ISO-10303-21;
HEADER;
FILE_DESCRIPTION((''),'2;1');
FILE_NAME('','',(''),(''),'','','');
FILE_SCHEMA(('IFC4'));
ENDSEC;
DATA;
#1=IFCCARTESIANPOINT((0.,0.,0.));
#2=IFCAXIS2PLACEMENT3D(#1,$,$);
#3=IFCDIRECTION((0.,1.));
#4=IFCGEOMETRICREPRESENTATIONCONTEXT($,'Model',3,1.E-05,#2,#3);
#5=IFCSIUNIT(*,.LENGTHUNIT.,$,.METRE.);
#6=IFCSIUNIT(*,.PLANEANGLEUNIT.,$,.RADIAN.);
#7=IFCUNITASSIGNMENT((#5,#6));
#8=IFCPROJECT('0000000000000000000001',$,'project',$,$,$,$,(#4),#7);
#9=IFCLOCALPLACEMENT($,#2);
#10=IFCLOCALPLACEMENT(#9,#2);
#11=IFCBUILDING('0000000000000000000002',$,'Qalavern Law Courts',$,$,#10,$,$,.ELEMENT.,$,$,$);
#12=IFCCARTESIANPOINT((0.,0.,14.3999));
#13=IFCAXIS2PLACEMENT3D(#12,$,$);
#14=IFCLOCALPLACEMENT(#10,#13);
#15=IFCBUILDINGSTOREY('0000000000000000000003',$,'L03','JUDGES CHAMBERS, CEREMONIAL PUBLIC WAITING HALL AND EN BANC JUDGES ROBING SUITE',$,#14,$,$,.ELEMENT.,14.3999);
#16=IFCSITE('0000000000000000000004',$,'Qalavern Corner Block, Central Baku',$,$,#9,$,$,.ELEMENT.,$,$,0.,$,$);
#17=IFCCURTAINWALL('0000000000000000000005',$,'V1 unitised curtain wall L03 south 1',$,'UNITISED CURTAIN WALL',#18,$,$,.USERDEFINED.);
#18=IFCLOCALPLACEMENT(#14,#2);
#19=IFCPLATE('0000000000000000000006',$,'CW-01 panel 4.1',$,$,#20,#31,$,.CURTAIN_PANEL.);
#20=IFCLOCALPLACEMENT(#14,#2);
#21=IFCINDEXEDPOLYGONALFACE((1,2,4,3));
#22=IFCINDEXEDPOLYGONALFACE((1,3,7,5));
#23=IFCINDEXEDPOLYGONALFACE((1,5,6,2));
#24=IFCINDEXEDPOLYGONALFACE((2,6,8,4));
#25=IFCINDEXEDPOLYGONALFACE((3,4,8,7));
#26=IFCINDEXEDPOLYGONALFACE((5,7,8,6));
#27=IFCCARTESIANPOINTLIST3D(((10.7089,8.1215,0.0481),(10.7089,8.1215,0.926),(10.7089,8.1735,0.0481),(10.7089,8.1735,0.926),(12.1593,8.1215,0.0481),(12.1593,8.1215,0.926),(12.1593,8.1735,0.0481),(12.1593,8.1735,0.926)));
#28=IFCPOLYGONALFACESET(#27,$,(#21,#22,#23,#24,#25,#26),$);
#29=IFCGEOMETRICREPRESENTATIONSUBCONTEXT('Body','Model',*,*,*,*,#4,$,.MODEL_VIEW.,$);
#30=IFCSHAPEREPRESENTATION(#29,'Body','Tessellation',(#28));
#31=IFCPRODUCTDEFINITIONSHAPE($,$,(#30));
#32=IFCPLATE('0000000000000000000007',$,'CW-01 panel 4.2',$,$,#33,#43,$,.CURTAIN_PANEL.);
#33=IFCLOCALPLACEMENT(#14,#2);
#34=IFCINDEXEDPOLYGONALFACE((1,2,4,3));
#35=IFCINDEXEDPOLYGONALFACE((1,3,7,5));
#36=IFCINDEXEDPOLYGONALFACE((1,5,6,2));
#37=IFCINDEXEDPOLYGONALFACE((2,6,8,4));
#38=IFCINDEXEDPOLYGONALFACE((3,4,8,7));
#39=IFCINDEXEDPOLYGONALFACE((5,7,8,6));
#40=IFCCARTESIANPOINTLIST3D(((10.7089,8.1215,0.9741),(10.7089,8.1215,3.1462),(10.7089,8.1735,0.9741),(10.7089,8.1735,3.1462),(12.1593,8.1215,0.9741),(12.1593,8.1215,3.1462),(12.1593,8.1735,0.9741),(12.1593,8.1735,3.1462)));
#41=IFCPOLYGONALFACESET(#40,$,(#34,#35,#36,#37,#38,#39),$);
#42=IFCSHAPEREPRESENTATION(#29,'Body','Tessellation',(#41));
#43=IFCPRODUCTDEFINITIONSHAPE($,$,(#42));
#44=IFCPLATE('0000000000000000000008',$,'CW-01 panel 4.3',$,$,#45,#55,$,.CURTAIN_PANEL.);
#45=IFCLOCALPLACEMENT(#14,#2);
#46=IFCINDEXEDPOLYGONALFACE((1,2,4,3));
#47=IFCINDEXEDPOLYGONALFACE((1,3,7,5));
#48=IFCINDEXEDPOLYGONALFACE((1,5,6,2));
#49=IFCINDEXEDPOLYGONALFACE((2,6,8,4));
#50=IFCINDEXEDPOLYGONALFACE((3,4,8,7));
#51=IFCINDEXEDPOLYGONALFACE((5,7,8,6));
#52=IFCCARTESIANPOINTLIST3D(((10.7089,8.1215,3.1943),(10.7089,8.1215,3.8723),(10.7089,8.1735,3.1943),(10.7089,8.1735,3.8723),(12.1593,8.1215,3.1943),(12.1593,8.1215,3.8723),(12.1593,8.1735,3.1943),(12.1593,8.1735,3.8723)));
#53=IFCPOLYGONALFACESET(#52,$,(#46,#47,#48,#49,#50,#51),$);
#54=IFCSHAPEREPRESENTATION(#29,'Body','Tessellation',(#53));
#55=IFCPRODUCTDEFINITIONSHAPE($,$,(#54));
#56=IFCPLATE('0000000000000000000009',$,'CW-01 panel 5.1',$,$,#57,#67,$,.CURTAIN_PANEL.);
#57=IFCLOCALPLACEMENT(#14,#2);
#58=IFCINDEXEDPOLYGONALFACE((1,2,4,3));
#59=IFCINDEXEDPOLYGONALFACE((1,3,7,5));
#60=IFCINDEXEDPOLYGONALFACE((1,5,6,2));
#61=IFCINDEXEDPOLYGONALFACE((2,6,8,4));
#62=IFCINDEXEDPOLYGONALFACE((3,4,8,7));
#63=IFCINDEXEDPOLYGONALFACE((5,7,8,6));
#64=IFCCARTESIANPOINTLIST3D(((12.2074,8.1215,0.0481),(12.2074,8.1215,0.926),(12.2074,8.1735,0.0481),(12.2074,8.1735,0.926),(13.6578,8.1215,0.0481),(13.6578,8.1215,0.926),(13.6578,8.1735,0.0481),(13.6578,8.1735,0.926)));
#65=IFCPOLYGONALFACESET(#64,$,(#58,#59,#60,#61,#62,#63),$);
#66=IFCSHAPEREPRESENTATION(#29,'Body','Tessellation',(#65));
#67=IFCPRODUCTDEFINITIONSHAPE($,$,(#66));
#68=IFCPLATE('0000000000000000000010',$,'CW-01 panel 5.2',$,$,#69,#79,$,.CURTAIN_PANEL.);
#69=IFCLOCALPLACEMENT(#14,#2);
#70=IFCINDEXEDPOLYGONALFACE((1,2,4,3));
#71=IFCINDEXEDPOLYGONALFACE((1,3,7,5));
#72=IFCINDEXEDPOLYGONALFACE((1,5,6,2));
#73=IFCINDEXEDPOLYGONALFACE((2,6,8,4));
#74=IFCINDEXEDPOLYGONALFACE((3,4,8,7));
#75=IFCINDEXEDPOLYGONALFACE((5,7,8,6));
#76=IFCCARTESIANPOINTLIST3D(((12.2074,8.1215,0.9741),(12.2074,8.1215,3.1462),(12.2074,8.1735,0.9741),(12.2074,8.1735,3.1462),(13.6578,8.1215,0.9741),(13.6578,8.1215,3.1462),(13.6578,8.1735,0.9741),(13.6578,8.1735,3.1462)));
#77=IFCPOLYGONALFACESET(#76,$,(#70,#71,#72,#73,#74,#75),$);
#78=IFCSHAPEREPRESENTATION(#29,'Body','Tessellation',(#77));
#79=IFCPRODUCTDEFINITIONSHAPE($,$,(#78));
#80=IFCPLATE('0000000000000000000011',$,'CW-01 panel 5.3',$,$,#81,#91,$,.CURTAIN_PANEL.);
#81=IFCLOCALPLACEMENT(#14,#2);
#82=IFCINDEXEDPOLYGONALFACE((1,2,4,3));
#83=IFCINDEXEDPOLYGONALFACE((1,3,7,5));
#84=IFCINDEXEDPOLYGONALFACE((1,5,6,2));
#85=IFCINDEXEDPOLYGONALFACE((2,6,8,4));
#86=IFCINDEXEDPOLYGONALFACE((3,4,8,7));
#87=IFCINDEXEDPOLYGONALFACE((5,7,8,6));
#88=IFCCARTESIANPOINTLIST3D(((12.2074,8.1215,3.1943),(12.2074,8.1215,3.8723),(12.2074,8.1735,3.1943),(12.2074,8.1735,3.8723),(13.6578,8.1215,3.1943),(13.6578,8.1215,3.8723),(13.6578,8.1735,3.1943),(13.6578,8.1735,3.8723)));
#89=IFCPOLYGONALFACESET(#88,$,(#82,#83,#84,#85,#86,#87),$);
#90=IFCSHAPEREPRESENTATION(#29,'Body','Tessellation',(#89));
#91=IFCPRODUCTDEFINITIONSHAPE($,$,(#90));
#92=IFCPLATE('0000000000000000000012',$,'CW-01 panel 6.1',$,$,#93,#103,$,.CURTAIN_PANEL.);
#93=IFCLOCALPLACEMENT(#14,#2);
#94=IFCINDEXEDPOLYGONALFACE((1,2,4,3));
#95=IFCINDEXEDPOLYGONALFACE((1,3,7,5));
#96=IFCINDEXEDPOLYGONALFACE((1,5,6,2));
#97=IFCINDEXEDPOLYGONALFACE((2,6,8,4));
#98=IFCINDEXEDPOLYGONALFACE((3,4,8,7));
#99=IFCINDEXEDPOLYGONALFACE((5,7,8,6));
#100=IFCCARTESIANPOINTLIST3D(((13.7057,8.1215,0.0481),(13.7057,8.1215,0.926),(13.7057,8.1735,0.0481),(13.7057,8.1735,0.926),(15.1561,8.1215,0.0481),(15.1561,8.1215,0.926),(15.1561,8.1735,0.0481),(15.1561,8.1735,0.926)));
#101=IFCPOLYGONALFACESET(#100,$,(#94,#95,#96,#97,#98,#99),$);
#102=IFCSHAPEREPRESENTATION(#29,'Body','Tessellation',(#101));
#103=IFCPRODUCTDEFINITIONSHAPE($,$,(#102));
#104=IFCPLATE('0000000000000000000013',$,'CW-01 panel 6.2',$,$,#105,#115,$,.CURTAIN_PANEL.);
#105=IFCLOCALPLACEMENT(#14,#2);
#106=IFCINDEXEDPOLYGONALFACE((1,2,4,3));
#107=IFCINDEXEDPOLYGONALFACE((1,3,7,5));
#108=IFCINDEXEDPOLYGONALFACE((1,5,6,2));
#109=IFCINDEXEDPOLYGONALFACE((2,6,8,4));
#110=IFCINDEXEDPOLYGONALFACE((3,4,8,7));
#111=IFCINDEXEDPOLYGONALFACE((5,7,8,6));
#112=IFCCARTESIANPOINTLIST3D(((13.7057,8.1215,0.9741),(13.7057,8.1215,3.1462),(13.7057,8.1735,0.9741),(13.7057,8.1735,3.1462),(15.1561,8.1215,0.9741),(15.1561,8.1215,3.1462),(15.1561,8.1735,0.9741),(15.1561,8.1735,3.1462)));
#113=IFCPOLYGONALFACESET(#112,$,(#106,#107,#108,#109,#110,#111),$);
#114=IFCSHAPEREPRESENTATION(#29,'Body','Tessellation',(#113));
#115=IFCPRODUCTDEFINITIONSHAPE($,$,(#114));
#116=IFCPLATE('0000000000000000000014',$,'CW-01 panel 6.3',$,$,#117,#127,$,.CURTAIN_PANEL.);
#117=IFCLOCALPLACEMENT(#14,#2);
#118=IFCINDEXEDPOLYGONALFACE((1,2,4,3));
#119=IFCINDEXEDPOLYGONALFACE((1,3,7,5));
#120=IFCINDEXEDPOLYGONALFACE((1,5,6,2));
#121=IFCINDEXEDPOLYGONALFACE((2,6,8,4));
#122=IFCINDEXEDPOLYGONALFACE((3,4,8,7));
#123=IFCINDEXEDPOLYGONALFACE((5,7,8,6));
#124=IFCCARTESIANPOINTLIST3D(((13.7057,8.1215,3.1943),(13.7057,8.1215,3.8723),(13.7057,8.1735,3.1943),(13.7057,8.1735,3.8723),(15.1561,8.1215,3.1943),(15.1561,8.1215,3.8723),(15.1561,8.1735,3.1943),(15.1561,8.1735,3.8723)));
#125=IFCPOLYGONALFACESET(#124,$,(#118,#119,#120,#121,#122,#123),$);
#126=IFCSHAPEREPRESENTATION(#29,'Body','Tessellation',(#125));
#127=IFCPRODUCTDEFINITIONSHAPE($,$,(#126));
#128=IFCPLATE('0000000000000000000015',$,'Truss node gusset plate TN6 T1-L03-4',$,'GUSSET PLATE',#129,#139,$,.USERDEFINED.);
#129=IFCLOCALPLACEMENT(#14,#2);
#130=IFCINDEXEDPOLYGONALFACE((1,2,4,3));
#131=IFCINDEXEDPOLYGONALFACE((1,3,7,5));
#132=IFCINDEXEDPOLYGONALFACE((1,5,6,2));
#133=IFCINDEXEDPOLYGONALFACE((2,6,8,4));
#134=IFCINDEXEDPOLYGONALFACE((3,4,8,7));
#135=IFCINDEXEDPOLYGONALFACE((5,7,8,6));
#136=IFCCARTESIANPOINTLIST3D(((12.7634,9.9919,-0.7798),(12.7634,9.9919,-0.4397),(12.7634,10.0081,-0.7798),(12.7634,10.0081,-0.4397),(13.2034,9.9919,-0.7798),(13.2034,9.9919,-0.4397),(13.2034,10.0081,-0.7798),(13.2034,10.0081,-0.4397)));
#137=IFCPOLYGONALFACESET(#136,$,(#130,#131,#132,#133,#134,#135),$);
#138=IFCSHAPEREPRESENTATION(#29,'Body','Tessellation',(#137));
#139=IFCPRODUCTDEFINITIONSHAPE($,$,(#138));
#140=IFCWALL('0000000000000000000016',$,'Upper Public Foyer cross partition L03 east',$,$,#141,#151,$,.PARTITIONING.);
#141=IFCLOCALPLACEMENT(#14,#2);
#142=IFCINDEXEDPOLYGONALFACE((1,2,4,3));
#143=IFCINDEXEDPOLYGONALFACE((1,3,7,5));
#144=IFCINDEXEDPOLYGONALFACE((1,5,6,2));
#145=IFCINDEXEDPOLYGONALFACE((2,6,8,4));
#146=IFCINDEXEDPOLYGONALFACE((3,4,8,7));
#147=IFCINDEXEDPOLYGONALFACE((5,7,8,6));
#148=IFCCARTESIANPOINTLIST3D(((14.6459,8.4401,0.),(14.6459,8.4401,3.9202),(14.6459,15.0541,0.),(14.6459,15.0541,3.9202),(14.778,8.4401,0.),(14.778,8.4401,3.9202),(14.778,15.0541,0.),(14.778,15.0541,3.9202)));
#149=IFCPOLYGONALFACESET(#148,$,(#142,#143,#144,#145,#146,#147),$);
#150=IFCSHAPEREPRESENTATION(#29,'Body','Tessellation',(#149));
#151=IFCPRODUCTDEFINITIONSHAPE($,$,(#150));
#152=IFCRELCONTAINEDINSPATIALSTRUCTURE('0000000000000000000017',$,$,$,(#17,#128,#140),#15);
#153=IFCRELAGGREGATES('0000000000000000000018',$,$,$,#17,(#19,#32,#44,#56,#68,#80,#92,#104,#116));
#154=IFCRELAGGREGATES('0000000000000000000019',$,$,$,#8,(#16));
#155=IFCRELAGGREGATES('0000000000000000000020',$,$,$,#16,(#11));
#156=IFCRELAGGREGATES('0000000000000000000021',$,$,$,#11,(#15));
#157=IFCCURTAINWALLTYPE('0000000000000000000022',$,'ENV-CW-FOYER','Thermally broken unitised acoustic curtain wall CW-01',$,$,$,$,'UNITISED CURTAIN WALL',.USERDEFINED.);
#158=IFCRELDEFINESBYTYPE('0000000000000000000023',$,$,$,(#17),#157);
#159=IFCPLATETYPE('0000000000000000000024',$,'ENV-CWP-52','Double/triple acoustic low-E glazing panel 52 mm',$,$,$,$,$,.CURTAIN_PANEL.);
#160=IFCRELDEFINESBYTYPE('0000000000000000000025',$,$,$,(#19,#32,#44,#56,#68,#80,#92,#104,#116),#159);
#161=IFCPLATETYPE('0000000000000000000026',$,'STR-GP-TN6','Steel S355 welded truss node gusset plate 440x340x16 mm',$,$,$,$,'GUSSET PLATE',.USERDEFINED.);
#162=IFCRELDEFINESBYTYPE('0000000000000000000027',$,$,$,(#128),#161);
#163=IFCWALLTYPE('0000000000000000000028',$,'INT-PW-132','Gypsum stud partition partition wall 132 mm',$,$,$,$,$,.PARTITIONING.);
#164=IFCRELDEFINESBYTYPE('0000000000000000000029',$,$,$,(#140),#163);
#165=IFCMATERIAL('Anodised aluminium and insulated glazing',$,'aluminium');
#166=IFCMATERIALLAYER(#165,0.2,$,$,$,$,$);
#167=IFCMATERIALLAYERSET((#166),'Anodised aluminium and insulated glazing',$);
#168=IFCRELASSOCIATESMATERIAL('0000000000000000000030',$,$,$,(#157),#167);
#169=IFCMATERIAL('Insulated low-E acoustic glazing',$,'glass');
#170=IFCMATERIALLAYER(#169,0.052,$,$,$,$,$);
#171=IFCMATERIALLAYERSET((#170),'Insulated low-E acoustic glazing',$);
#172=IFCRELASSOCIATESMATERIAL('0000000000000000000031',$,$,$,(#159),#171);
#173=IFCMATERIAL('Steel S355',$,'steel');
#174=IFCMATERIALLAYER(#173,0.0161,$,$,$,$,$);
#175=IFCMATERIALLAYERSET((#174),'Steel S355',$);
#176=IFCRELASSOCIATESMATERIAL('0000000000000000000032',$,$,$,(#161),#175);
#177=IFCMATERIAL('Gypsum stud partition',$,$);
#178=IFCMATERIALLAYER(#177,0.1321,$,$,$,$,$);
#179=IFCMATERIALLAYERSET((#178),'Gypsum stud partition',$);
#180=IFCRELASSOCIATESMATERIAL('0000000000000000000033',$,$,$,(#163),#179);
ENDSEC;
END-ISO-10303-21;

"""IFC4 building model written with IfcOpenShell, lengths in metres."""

from ifc_helpers import new_model, si_unit, direction, frame, frame_2d, origin, origin_2d, place, context, subcontext, project, spatial, rectangle, extrude, material, layer, layer_set, type_object, element, aggregate, save


model = new_model("IFC4")

# Units and contexts
model_context = context("Model", 3, precision=1e-05, world=origin(), true_north=direction((0.0, 1.0)))
body_context = subcontext(model_context, "Body", "Model", "MODEL_VIEW")
ifc_project = project(units=[si_unit("LENGTHUNIT", "METRE"), si_unit("PLANEANGLEUNIT", "RADIAN")], contexts=[model_context])

# Site, building, storey
site_placement = place(None, origin())
site = spatial("IfcSite", under=ifc_project, at=site_placement, Name="Qalavern Corner Block, Central Baku", CompositionType="ELEMENT", RefElevation=0.0)
building_placement = place(site_placement, origin())
building = spatial("IfcBuilding", under=site, at=building_placement, Name="Qalavern Law Courts", CompositionType="ELEMENT")
storey_placement = place(building_placement, frame((0.0, 0.0, 14.3999)))
storey = spatial("IfcBuildingStorey", under=building, at=storey_placement, Name="L03", Description="JUDGES CHAMBERS, CEREMONIAL PUBLIC WAITING HALL AND EN BANC JUDGES ROBING SUITE", CompositionType="ELEMENT", Elevation=14.3999)

# Curtain wall
ifc_material_1 = material(Name="Anodised aluminium and insulated glazing", Category="aluminium")
ifc_layer_1 = layer(ifc_material_1, 0.2)
ifc_layer_set_1 = layer_set([ifc_layer_1], Name="Anodised aluminium and insulated glazing")
curtain_wall_type = type_object("IfcCurtainWallType", Name="ENV-CW-FOYER", Description="Thermally broken unitised acoustic curtain wall CW-01", ElementType="UNITISED CURTAIN WALL", PredefinedType="USERDEFINED", material=ifc_layer_set_1)
curtain_wall_placement = place(storey_placement, origin())
curtain_wall = element("IfcCurtainWall", 1, at=curtain_wall_placement, inside=storey, type_object=curtain_wall_type, Name="V1 unitised curtain wall L03 south 1", ObjectType="UNITISED CURTAIN WALL", PredefinedType="USERDEFINED")

# Shared definitions
ifc_material_2 = material(Name="Steel S355", Category="steel")

# Plates
ifc_material_3 = material(Name="Insulated low-E acoustic glazing", Category="glass")
ifc_layer_2 = layer(ifc_material_3, 0.052)
ifc_layer_set_2 = layer_set([ifc_layer_2], Name="Insulated low-E acoustic glazing")
plate_type_1 = type_object("IfcPlateType", Name="ENV-CWP-52", Description="Double/triple acoustic low-E glazing panel 52 mm", PredefinedType="CURTAIN_PANEL", material=ifc_layer_set_2)
plate_1_placement = place(storey_placement, frame((11.4341, 8.1475, 0.0481), z_axis=(0.0, 0.0, 1.0), x_axis=(1.0, 0.0, 0.0)))
plate_1 = element("IfcPlate", 2, at=plate_1_placement, type_object=plate_type_1, Name="CW-01 panel 4.1", PredefinedType="CURTAIN_PANEL", context=body_context, shape_type="SweptSolid", body=[
    extrude(rectangle(XDim=1.4504, YDim=0.052, at=origin_2d()), origin(), (0.0, 0.0, 1.0), 0.8779),
])
plate_2_placement = place(storey_placement, frame((11.4341, 8.1475, 0.9741), z_axis=(0.0, 0.0, 1.0), x_axis=(1.0, 0.0, 0.0)))
plate_2 = element("IfcPlate", 3, at=plate_2_placement, type_object=plate_type_1, Name="CW-01 panel 4.2", PredefinedType="CURTAIN_PANEL", context=body_context, shape_type="SweptSolid", body=[
    extrude(rectangle(XDim=1.4504, YDim=0.052, at=origin_2d()), origin(), (0.0, 0.0, 1.0), 2.1721),
])
plate_3_placement = place(storey_placement, frame((11.4341, 8.1475, 3.1943), z_axis=(0.0, 0.0, 1.0), x_axis=(1.0, 0.0, 0.0)))
plate_3 = element("IfcPlate", 4, at=plate_3_placement, type_object=plate_type_1, Name="CW-01 panel 4.3", PredefinedType="CURTAIN_PANEL", context=body_context, shape_type="SweptSolid", body=[
    extrude(rectangle(XDim=1.4504, YDim=0.052, at=origin_2d()), origin(), (0.0, 0.0, 1.0), 0.678),
])
plate_4_placement = place(storey_placement, frame((12.9326, 8.1475, 0.0481), z_axis=(0.0, 0.0, 1.0), x_axis=(1.0, 0.0, 0.0)))
plate_4 = element("IfcPlate", 5, at=plate_4_placement, type_object=plate_type_1, Name="CW-01 panel 5.1", PredefinedType="CURTAIN_PANEL", context=body_context, shape_type="SweptSolid", body=[
    extrude(rectangle(XDim=1.4504, YDim=0.052, at=origin_2d()), origin(), (0.0, 0.0, 1.0), 0.8779),
])
plate_5_placement = place(storey_placement, frame((12.9326, 8.1475, 0.9741), z_axis=(0.0, 0.0, 1.0), x_axis=(1.0, 0.0, 0.0)))
plate_5 = element("IfcPlate", 6, at=plate_5_placement, type_object=plate_type_1, Name="CW-01 panel 5.2", PredefinedType="CURTAIN_PANEL", context=body_context, shape_type="SweptSolid", body=[
    extrude(rectangle(XDim=1.4504, YDim=0.052, at=origin_2d()), origin(), (0.0, 0.0, 1.0), 2.1721),
])
plate_6_placement = place(storey_placement, frame((12.9326, 8.1475, 3.1943), z_axis=(0.0, 0.0, 1.0), x_axis=(1.0, 0.0, 0.0)))
plate_6 = element("IfcPlate", 7, at=plate_6_placement, type_object=plate_type_1, Name="CW-01 panel 5.3", PredefinedType="CURTAIN_PANEL", context=body_context, shape_type="SweptSolid", body=[
    extrude(rectangle(XDim=1.4504, YDim=0.052, at=origin_2d()), origin(), (0.0, 0.0, 1.0), 0.678),
])
plate_7_placement = place(storey_placement, frame((14.4309, 8.1475, 0.0481), z_axis=(0.0, 0.0, 1.0), x_axis=(1.0, 0.0, 0.0)))
plate_7 = element("IfcPlate", 8, at=plate_7_placement, type_object=plate_type_1, Name="CW-01 panel 6.1", PredefinedType="CURTAIN_PANEL", context=body_context, shape_type="SweptSolid", body=[
    extrude(rectangle(XDim=1.4504, YDim=0.052, at=origin_2d()), origin(), (0.0, 0.0, 1.0), 0.8779),
])
plate_8_placement = place(storey_placement, frame((14.4309, 8.1475, 0.9741), z_axis=(0.0, 0.0, 1.0), x_axis=(1.0, 0.0, 0.0)))
plate_8 = element("IfcPlate", 9, at=plate_8_placement, type_object=plate_type_1, Name="CW-01 panel 6.2", PredefinedType="CURTAIN_PANEL", context=body_context, shape_type="SweptSolid", body=[
    extrude(rectangle(XDim=1.4504, YDim=0.052, at=origin_2d()), origin(), (0.0, 0.0, 1.0), 2.1721),
])
plate_9_placement = place(storey_placement, frame((14.4309, 8.1475, 3.1943), z_axis=(0.0, 0.0, 1.0), x_axis=(1.0, 0.0, 0.0)))
plate_9 = element("IfcPlate", 10, at=plate_9_placement, type_object=plate_type_1, Name="CW-01 panel 6.3", PredefinedType="CURTAIN_PANEL", context=body_context, shape_type="SweptSolid", body=[
    extrude(rectangle(XDim=1.4504, YDim=0.052, at=origin_2d()), origin(), (0.0, 0.0, 1.0), 0.678),
])
aggregate(curtain_wall, [plate_1, plate_2, plate_3, plate_4, plate_5, plate_6, plate_7, plate_8, plate_9])
ifc_layer_3 = layer(ifc_material_2, 0.0161)
ifc_layer_set_3 = layer_set([ifc_layer_3], Name="Steel S355")
plate_type_2 = type_object("IfcPlateType", Name="STR-GP-TN6", Description="Steel S355 welded truss node gusset plate 440x340x16 mm", ElementType="GUSSET PLATE", PredefinedType="USERDEFINED", material=ifc_layer_set_3)
plate_10_placement = place(storey_placement, frame((12.9834, 10.0, -0.7798), z_axis=(0.0, 0.0, 1.0), x_axis=(1.0, 0.0, 0.0)))
element("IfcPlate", 11, at=plate_10_placement, inside=storey, type_object=plate_type_2, Name="Truss node gusset plate TN6 T1-L03-4", ObjectType="GUSSET PLATE", PredefinedType="USERDEFINED", context=body_context, shape_type="SweptSolid", body=[
    extrude(rectangle(XDim=0.4399, YDim=0.0161, at=origin_2d()), origin(), (0.0, 0.0, 1.0), 0.3401),
])

# Wall
ifc_material_4 = material(Name="Gypsum stud partition")
ifc_layer_4 = layer(ifc_material_4, 0.1321)
ifc_layer_set_4 = layer_set([ifc_layer_4], Name="Gypsum stud partition")
wall_type = type_object("IfcWallType", Name="INT-PW-132", Description="Gypsum stud partition partition wall 132 mm", PredefinedType="PARTITIONING", material=ifc_layer_set_4)
wall_placement = place(storey_placement, frame((14.7119, 8.4399, 0.0), z_axis=(0.0, 0.0, 1.0), x_axis=(0.0, 1.0, 0.0)))
element("IfcWall", 12, at=wall_placement, inside=storey, type_object=wall_type, Name="Upper Public Foyer cross partition L03 east", PredefinedType="PARTITIONING", context=body_context, shape_type="SweptSolid", body=[
    extrude(rectangle(XDim=6.614, YDim=0.1321, at=frame_2d((3.3071, 0.0))), origin(), (0.0, 0.0, 1.0), 3.9202),
])

save(model, "model.ifc")
